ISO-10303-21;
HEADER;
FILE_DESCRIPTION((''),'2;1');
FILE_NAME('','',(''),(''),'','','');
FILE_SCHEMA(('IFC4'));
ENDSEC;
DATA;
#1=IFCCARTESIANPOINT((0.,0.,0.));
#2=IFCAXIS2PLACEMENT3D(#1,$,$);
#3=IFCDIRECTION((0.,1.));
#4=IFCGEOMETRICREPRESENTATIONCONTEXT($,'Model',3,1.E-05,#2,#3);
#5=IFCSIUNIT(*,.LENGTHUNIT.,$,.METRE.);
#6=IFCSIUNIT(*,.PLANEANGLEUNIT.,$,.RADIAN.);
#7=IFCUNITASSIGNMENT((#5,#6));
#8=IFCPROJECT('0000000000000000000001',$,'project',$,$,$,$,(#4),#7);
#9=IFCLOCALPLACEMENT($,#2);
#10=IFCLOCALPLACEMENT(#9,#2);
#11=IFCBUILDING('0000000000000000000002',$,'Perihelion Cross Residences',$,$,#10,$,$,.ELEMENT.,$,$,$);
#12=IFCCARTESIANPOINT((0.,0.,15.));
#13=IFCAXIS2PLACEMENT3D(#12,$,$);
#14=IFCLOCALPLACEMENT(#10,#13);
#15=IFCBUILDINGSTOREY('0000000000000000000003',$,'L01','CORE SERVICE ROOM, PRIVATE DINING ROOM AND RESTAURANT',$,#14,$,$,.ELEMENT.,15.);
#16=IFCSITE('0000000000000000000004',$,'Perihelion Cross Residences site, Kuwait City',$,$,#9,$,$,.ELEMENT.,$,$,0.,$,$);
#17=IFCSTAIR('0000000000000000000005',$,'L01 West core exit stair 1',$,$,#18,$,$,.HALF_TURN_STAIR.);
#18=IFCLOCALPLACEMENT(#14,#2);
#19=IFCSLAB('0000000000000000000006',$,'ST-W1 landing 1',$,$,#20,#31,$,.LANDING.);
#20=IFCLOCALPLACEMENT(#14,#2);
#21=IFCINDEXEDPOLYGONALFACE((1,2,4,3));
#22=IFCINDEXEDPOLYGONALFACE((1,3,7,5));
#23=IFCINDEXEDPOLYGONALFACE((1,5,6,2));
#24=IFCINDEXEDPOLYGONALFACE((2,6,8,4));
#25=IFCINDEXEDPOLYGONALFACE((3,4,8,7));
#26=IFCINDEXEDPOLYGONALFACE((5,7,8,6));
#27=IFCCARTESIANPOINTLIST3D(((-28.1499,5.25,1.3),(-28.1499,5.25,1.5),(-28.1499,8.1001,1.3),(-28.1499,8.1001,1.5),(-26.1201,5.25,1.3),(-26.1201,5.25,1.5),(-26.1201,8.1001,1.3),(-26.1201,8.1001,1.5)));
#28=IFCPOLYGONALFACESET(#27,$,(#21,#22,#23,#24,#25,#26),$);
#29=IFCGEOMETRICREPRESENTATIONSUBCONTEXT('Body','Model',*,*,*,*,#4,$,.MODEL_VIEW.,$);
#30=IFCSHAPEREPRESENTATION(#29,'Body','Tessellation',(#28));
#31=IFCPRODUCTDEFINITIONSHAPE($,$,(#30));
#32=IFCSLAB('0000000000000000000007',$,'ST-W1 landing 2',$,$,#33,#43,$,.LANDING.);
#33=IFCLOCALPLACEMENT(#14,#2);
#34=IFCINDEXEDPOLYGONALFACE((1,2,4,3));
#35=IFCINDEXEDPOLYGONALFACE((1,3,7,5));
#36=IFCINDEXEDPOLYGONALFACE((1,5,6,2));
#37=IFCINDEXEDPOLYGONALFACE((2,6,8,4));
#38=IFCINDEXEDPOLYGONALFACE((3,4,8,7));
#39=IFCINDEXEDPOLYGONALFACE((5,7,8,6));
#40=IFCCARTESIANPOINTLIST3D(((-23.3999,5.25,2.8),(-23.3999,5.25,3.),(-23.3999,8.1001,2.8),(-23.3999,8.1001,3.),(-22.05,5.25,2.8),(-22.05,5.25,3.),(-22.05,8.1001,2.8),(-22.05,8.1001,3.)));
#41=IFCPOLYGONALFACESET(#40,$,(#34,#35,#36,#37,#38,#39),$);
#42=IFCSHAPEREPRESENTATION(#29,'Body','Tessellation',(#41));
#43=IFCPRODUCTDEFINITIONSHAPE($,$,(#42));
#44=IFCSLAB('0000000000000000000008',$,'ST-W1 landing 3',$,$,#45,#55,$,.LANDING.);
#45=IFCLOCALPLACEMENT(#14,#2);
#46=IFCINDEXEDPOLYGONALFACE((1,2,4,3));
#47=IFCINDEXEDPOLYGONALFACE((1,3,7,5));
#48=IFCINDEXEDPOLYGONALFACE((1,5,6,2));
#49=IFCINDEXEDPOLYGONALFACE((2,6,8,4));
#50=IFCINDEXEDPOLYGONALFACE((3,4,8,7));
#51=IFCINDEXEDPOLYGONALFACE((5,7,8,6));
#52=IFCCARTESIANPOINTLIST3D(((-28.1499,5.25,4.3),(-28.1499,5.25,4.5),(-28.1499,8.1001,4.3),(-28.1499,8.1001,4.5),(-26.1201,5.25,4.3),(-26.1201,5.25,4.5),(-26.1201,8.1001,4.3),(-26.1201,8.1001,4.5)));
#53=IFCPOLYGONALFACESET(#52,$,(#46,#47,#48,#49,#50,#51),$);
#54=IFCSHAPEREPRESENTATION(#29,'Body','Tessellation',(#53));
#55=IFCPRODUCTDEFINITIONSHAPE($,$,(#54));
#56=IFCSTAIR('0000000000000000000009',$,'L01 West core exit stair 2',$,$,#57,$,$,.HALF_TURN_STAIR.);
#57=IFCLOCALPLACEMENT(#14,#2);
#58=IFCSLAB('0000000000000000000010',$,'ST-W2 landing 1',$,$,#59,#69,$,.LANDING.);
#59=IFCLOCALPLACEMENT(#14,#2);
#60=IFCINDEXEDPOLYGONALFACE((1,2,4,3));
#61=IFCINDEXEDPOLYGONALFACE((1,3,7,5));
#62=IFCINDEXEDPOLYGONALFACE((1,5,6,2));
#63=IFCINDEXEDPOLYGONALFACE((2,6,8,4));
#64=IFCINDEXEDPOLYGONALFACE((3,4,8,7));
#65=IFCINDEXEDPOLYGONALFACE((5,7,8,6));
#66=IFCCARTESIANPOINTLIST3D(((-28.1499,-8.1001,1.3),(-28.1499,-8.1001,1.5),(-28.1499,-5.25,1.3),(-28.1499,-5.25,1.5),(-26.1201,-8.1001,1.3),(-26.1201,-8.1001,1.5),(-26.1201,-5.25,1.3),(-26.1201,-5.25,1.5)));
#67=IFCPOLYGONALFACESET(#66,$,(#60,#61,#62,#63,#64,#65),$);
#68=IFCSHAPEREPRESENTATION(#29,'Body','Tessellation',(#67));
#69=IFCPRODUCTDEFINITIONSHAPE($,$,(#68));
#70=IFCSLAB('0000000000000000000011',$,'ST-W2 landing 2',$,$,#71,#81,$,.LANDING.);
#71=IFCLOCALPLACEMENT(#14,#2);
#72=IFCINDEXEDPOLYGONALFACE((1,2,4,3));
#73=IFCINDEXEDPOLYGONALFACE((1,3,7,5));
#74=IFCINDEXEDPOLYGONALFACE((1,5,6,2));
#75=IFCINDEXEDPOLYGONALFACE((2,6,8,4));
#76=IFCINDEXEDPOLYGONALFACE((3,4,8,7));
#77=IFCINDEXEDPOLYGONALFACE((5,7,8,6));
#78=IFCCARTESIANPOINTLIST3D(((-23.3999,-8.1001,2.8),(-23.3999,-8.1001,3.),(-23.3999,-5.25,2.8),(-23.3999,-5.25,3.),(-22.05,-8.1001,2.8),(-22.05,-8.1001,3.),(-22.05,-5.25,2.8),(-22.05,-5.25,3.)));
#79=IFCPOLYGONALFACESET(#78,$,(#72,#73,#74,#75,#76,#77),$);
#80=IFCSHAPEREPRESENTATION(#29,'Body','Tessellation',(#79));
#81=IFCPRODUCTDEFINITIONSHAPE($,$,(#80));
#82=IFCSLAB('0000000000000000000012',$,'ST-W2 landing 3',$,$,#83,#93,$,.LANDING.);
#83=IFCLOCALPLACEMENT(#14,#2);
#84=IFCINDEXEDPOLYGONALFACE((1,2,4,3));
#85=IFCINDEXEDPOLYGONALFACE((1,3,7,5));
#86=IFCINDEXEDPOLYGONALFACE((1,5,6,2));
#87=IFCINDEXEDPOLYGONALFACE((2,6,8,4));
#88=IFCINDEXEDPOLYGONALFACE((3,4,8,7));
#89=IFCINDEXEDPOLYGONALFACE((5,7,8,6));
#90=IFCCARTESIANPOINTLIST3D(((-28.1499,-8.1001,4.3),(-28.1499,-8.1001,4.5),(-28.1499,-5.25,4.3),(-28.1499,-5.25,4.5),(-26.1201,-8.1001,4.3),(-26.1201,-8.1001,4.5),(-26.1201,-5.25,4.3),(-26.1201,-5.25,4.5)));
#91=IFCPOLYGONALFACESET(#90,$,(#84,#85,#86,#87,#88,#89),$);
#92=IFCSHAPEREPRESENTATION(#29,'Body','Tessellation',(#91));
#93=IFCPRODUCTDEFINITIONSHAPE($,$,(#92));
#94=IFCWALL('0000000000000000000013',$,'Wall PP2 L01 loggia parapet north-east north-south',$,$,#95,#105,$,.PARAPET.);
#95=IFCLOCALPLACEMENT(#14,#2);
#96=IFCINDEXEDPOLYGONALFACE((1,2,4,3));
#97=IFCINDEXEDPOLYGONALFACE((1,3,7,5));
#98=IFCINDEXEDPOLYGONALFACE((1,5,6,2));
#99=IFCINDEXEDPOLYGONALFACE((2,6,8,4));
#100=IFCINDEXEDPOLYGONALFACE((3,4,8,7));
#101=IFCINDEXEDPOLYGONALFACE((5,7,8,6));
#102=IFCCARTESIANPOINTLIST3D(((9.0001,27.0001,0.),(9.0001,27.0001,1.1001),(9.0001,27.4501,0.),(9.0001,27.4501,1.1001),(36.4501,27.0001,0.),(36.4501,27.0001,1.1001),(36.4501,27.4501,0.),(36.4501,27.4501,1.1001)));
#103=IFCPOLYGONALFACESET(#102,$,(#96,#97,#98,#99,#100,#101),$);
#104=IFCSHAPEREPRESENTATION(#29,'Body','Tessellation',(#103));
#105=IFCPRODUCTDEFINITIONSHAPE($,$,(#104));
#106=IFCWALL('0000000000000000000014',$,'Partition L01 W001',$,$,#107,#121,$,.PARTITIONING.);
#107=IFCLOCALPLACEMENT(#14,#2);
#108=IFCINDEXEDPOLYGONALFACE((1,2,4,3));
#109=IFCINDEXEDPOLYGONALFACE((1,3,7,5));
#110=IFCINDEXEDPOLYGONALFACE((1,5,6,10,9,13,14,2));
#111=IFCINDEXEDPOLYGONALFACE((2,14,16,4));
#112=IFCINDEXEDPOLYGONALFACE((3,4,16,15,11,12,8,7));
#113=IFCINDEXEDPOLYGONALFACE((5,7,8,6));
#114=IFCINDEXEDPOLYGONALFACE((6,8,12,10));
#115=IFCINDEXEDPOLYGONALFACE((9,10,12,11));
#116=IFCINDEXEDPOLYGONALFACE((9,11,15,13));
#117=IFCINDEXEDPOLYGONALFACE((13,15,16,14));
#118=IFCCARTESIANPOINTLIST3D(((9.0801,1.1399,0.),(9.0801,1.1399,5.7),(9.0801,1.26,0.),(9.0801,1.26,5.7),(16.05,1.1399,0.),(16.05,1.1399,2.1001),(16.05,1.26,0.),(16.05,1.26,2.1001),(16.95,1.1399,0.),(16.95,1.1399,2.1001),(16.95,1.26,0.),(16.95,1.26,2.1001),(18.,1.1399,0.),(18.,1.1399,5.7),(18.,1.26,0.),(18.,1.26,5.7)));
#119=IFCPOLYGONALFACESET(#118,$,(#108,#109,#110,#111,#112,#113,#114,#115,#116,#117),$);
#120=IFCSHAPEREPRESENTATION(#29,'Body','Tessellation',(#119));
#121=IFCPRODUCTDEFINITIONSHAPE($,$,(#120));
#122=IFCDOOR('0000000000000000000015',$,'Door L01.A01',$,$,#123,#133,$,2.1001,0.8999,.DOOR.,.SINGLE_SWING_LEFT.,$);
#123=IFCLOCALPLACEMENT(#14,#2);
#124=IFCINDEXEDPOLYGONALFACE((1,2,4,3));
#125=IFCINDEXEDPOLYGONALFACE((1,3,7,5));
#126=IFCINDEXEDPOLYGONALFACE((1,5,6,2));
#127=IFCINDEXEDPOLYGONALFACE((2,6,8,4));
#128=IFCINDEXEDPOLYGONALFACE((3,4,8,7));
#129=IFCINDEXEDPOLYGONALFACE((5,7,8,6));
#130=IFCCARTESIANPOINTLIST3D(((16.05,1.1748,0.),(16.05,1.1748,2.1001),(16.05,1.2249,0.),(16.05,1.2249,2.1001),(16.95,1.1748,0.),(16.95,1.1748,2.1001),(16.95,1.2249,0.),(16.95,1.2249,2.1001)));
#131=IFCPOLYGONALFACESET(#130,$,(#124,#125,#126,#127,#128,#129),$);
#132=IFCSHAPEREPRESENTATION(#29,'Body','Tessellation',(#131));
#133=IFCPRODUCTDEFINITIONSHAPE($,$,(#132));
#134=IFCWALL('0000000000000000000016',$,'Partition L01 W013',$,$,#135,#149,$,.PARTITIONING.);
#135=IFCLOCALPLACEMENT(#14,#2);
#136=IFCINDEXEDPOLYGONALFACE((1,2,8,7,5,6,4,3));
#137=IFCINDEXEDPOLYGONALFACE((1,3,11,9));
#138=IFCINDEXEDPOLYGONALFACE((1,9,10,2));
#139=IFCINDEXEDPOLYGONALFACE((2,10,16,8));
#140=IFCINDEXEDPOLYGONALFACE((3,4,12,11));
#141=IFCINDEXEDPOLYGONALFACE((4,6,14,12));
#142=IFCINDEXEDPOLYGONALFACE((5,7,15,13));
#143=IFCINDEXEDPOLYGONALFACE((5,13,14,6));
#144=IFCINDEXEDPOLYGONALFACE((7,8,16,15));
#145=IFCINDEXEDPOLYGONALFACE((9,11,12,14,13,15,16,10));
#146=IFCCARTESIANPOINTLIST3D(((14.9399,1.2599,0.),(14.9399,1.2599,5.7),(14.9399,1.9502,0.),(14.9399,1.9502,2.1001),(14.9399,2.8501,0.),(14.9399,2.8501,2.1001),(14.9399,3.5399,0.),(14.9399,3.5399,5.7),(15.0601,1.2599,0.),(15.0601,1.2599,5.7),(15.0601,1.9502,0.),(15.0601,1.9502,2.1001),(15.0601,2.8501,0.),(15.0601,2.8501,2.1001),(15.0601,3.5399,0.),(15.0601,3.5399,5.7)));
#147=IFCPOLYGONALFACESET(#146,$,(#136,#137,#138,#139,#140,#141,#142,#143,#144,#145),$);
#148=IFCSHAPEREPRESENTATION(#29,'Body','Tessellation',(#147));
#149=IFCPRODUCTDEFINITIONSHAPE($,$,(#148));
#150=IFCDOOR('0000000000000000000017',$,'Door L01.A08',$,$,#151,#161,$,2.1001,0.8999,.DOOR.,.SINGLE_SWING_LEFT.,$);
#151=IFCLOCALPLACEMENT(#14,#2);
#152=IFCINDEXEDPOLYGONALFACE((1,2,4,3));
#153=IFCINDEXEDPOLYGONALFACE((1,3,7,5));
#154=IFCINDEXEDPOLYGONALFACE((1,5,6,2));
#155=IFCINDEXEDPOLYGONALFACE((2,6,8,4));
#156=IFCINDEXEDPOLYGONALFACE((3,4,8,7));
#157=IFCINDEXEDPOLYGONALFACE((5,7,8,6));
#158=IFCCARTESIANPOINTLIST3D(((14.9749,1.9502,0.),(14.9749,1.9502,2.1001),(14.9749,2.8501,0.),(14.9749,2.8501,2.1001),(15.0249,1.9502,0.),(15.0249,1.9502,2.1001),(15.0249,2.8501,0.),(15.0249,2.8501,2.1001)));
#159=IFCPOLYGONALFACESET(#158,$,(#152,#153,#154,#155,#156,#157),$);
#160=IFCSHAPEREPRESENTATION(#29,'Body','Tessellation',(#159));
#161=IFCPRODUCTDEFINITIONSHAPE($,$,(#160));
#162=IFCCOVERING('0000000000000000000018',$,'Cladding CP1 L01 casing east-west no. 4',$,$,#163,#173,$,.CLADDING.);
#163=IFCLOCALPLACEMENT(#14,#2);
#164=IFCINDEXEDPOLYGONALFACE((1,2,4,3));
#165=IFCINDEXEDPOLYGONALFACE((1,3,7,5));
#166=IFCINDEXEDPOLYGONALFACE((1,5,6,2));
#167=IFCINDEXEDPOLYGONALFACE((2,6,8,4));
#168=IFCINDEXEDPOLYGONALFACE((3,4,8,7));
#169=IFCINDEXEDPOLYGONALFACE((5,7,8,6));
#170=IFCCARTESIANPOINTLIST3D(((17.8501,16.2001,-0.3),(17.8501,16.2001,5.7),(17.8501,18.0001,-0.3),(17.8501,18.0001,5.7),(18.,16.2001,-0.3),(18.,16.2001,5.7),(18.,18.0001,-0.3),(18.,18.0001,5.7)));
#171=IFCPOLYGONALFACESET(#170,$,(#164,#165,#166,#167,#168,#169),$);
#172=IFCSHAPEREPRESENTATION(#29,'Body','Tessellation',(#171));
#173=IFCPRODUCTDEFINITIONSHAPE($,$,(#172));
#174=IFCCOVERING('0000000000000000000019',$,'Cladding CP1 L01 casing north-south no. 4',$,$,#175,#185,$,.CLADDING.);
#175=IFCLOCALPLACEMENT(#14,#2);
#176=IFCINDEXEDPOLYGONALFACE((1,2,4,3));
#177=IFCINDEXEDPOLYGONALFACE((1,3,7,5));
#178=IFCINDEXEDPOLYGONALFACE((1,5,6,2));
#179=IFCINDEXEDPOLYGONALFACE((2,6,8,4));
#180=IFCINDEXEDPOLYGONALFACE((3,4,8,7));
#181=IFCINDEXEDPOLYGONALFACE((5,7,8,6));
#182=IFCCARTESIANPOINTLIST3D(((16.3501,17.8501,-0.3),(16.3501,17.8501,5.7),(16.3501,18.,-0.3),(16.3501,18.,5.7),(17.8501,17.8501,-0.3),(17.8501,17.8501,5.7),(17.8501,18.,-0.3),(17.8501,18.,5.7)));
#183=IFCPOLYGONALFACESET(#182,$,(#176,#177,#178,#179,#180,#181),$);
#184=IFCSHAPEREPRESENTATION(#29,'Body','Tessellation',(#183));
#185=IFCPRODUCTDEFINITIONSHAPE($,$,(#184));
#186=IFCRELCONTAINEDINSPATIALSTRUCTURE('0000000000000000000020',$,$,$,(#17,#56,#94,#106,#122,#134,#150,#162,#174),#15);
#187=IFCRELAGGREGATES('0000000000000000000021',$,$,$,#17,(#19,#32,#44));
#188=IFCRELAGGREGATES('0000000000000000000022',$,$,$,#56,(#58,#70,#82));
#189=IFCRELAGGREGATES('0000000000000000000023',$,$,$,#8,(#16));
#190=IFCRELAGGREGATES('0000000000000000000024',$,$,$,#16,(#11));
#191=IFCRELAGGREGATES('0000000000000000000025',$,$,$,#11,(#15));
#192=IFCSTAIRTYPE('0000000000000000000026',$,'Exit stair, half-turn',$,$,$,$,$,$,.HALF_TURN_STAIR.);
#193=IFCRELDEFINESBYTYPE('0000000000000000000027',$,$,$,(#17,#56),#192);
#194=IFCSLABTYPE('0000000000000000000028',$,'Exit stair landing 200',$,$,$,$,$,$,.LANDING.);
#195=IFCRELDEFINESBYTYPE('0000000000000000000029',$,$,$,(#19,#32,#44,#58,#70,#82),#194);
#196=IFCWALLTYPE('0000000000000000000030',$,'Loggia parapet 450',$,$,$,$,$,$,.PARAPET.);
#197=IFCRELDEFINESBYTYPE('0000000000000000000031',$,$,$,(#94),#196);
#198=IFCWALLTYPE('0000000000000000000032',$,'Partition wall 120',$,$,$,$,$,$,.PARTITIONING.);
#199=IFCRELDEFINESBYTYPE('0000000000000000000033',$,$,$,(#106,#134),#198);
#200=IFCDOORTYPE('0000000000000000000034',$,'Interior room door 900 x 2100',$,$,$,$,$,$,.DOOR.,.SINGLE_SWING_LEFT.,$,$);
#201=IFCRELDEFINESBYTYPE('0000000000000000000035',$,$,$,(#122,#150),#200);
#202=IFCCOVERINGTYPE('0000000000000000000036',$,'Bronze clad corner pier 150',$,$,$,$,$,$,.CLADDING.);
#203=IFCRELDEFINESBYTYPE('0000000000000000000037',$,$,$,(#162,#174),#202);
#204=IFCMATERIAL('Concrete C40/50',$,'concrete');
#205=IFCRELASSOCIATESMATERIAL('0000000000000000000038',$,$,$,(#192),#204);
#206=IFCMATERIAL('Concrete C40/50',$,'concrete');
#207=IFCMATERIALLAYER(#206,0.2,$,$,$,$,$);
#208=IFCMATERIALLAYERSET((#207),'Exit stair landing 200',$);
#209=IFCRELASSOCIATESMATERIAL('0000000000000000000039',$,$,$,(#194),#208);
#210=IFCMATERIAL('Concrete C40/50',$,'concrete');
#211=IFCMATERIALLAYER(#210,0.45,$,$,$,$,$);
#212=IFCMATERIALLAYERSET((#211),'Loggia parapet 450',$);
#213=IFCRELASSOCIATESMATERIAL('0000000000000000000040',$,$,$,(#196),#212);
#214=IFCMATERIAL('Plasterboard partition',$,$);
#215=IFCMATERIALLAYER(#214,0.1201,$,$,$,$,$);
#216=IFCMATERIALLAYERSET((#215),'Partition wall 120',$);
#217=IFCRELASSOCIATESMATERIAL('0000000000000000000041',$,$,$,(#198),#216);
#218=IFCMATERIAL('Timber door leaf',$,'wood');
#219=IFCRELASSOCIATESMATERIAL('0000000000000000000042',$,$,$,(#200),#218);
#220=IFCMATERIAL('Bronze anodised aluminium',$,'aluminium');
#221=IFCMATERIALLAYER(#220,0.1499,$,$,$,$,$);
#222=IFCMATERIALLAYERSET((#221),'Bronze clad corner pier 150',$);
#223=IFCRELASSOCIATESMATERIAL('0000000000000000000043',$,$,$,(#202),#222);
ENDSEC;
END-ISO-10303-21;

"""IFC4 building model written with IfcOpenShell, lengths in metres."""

from ifc_helpers import new_model, si_unit, direction, frame, frame_2d, origin, origin_2d, place, context, subcontext, project, spatial, polyline, rectangle, outline, extrude, material, layer, layer_set, type_object, element, fill, aggregate, save


model = new_model("IFC4")

# Units and contexts
model_context = context("Model", 3, precision=1e-05, world=origin(), true_north=direction((0.0, 1.0)))
body_context = subcontext(model_context, "Body", "Model", "MODEL_VIEW")
ifc_project = project(units=[si_unit("LENGTHUNIT", "METRE"), si_unit("PLANEANGLEUNIT", "RADIAN")], contexts=[model_context])

# Site, building, storey
site_placement = place(None, origin())
site = spatial("IfcSite", under=ifc_project, at=site_placement, Name="Perihelion Cross Residences site, Kuwait City", CompositionType="ELEMENT", RefElevation=0.0)
building_placement = place(site_placement, origin())
building = spatial("IfcBuilding", under=site, at=building_placement, Name="Perihelion Cross Residences", CompositionType="ELEMENT")
storey_placement = place(building_placement, frame((0.0, 0.0, 15.0)))
storey = spatial("IfcBuildingStorey", under=building, at=storey_placement, Name="L01", Description="CORE SERVICE ROOM, PRIVATE DINING ROOM AND RESTAURANT", CompositionType="ELEMENT", Elevation=15.0)

# Stairs, slabs
ifc_material_1 = material(Name="Concrete C40/50", Category="concrete")
stair_type = type_object("IfcStairType", Name="Exit stair, half-turn", PredefinedType="HALF_TURN_STAIR", material=ifc_material_1)
ifc_material_2 = material(Name="Concrete C40/50", Category="concrete")
ifc_layer_1 = layer(ifc_material_2, 0.2)
ifc_layer_set_1 = layer_set([ifc_layer_1], Name="Exit stair landing 200")
slab_type_1 = type_object("IfcSlabType", Name="Exit stair landing 200", PredefinedType="LANDING", material=ifc_layer_set_1)
stair_1_placement = place(storey_placement, origin())
stair_1 = element("IfcStair", 1, at=stair_1_placement, inside=storey, type_object=stair_type, Name="L01 West core exit stair 1", PredefinedType="HALF_TURN_STAIR")
slab_1_placement = place(storey_placement, frame((0.0, 0.0, 1.3)))
slab_1 = element("IfcSlab", 2, at=slab_1_placement, type_object=slab_type_1, Name="ST-W1 landing 1", PredefinedType="LANDING", context=body_context, shape_type="SweptSolid", body=[
    extrude(outline(polyline([(-26.1201, 8.1001), (-28.1499, 8.1001), (-28.1499, 5.25), (-26.1201, 5.25), (-26.1201, 8.1001)])), origin(), (0.0, 0.0, 1.0), 0.2),
])
slab_2_placement = place(storey_placement, frame((0.0, 0.0, 2.8)))
slab_2 = element("IfcSlab", 3, at=slab_2_placement, type_object=slab_type_1, Name="ST-W1 landing 2", PredefinedType="LANDING", context=body_context, shape_type="SweptSolid", body=[
    extrude(outline(polyline([(-22.05, 8.1001), (-23.3999, 8.1001), (-23.3999, 5.25), (-22.05, 5.25), (-22.05, 8.1001)])), origin(), (0.0, 0.0, 1.0), 0.2),
])
slab_3_placement = place(storey_placement, frame((0.0, 0.0, 4.3)))
slab_3 = element("IfcSlab", 4, at=slab_3_placement, type_object=slab_type_1, Name="ST-W1 landing 3", PredefinedType="LANDING", context=body_context, shape_type="SweptSolid", body=[
    extrude(outline(polyline([(-26.1201, 8.1001), (-28.1499, 8.1001), (-28.1499, 5.25), (-26.1201, 5.25), (-26.1201, 8.1001)])), origin(), (0.0, 0.0, 1.0), 0.2),
])
aggregate(stair_1, [slab_1, slab_2, slab_3])
stair_2_placement = place(storey_placement, origin())
stair_2 = element("IfcStair", 5, at=stair_2_placement, inside=storey, type_object=stair_type, Name="L01 West core exit stair 2", PredefinedType="HALF_TURN_STAIR")
slab_4_placement = place(storey_placement, frame((0.0, 0.0, 1.3)))
slab_4 = element("IfcSlab", 6, at=slab_4_placement, type_object=slab_type_1, Name="ST-W2 landing 1", PredefinedType="LANDING", context=body_context, shape_type="SweptSolid", body=[
    extrude(outline(polyline([(-26.1201, -5.25), (-28.1499, -5.25), (-28.1499, -8.1001), (-26.1201, -8.1001), (-26.1201, -5.25)])), origin(), (0.0, 0.0, 1.0), 0.2),
])
slab_5_placement = place(storey_placement, frame((0.0, 0.0, 2.8)))
slab_5 = element("IfcSlab", 7, at=slab_5_placement, type_object=slab_type_1, Name="ST-W2 landing 2", PredefinedType="LANDING", context=body_context, shape_type="SweptSolid", body=[
    extrude(outline(polyline([(-22.05, -5.25), (-23.3999, -5.25), (-23.3999, -8.1001), (-22.05, -8.1001), (-22.05, -5.25)])), origin(), (0.0, 0.0, 1.0), 0.2),
])
slab_6_placement = place(storey_placement, frame((0.0, 0.0, 4.3)))
slab_6 = element("IfcSlab", 8, at=slab_6_placement, type_object=slab_type_1, Name="ST-W2 landing 3", PredefinedType="LANDING", context=body_context, shape_type="SweptSolid", body=[
    extrude(outline(polyline([(-26.1201, -5.25), (-28.1499, -5.25), (-28.1499, -8.1001), (-26.1201, -8.1001), (-26.1201, -5.25)])), origin(), (0.0, 0.0, 1.0), 0.2),
])
aggregate(stair_2, [slab_4, slab_5, slab_6])

# Wall
ifc_material_3 = material(Name="Concrete C40/50", Category="concrete")
ifc_layer_2 = layer(ifc_material_3, 0.45)
ifc_layer_set_2 = layer_set([ifc_layer_2], Name="Loggia parapet 450")
wall_type_1 = type_object("IfcWallType", Name="Loggia parapet 450", PredefinedType="PARAPET", material=ifc_layer_set_2)
wall_1_placement = place(storey_placement, frame((9.0, 27.2251, 0.0), z_axis=(0.0, 0.0, 1.0), x_axis=(1.0, 0.0, 0.0)))
element("IfcWall", 9, at=wall_1_placement, inside=storey, type_object=wall_type_1, Name="Wall PP2 L01 loggia parapet north-east north-south", PredefinedType="PARAPET", context=body_context, shape_type="SweptSolid", body=[
    extrude(rectangle(XDim=27.45, YDim=0.45, at=frame_2d((13.7251, 0.0))), origin(), (0.0, 0.0, 1.0), 1.1001),
])

# Walls, openings, doors
ifc_material_4 = material(Name="Plasterboard partition")
ifc_layer_3 = layer(ifc_material_4, 0.1201)
ifc_layer_set_3 = layer_set([ifc_layer_3], Name="Partition wall 120")
wall_type_2 = type_object("IfcWallType", Name="Partition wall 120", PredefinedType="PARTITIONING", material=ifc_layer_set_3)
wall_2_placement = place(storey_placement, frame((9.0801, 1.2, 0.0), z_axis=(0.0, 0.0, 1.0), x_axis=(1.0, 0.0, 0.0)))
wall_2 = element("IfcWall", 10, at=wall_2_placement, inside=storey, type_object=wall_type_2, Name="Partition L01 W001", PredefinedType="PARTITIONING", context=body_context, shape_type="SweptSolid", body=[
    extrude(rectangle(XDim=8.9199, YDim=0.1201, at=frame_2d((4.46, 0.0))), origin(), (0.0, 0.0, 1.0), 5.7),
])
opening_1_placement = place(wall_2_placement, frame((6.97, 0.0, 0.0)))
opening_1 = element("IfcOpeningElement", 11, at=opening_1_placement, cuts=wall_2, PredefinedType="OPENING", context=body_context, shape_type="SweptSolid", body=[
    extrude(rectangle(XDim=0.8999, YDim=2.1001, at=frame_2d((0.45, 1.05))), frame((0.0, 0.0701, 0.0), z_axis=(0.0, -1.0, 0.0), x_axis=(1.0, 0.0, 0.0)), (0.0, 0.0, 1.0), 0.1401),
])
ifc_material_5 = material(Name="Timber door leaf", Category="wood")
door_type = type_object("IfcDoorType", Name="Interior room door 900 x 2100", OperationType="SINGLE_SWING_LEFT", PredefinedType="DOOR", material=ifc_material_5)
door_1_placement = place(opening_1_placement, origin())
door_1 = element("IfcDoor", 12, at=door_1_placement, inside=storey, type_object=door_type, Name="Door L01.A01", OperationType="SINGLE_SWING_LEFT", OverallHeight=2.1001, OverallWidth=0.8999, PredefinedType="DOOR", context=body_context, shape_type="SweptSolid", body=[
    extrude(rectangle(XDim=0.8999, YDim=2.1001, at=frame_2d((0.45, 1.05))), frame((0.0, 0.0249, 0.0), z_axis=(0.0, -1.0, 0.0), x_axis=(1.0, 0.0, 0.0)), (0.0, 0.0, 1.0), 0.05),
])
fill(opening_1, door_1)
wall_3_placement = place(storey_placement, frame((15.0, 3.54, 0.0), z_axis=(0.0, 0.0, 1.0), x_axis=(0.0, -1.0, 0.0)))
wall_3 = element("IfcWall", 13, at=wall_3_placement, inside=storey, type_object=wall_type_2, Name="Partition L01 W013", PredefinedType="PARTITIONING", context=body_context, shape_type="SweptSolid", body=[
    extrude(rectangle(XDim=2.28, YDim=0.1201, at=frame_2d((1.1401, 0.0))), origin(), (0.0, 0.0, 1.0), 5.7),
])
opening_2_placement = place(wall_3_placement, frame((0.6899, 0.0, 0.0)))
opening_2 = element("IfcOpeningElement", 14, at=opening_2_placement, cuts=wall_3, PredefinedType="OPENING", context=body_context, shape_type="SweptSolid", body=[
    extrude(rectangle(XDim=0.8999, YDim=2.1001, at=frame_2d((0.45, 1.05))), frame((0.0, 0.0701, 0.0), z_axis=(0.0, -1.0, 0.0), x_axis=(1.0, 0.0, 0.0)), (0.0, 0.0, 1.0), 0.1401),
])
door_2_placement = place(opening_2_placement, origin())
door_2 = element("IfcDoor", 15, at=door_2_placement, inside=storey, type_object=door_type, Name="Door L01.A08", OperationType="SINGLE_SWING_LEFT", OverallHeight=2.1001, OverallWidth=0.8999, PredefinedType="DOOR", context=body_context, shape_type="SweptSolid", body=[
    extrude(rectangle(XDim=0.8999, YDim=2.1001, at=frame_2d((0.45, 1.05))), frame((0.0, 0.0249, 0.0), z_axis=(0.0, -1.0, 0.0), x_axis=(1.0, 0.0, 0.0)), (0.0, 0.0, 1.0), 0.05),
])
fill(opening_2, door_2)

# Coverings
ifc_material_6 = material(Name="Bronze anodised aluminium", Category="aluminium")
ifc_layer_4 = layer(ifc_material_6, 0.1499)
ifc_layer_set_4 = layer_set([ifc_layer_4], Name="Bronze clad corner pier 150")
covering_type = type_object("IfcCoveringType", Name="Bronze clad corner pier 150", PredefinedType="CLADDING", material=ifc_layer_set_4)
covering_1_placement = place(storey_placement, frame((17.925, 17.1001, -0.3), z_axis=(0.0, 0.0, 1.0), x_axis=(1.0, 0.0, 0.0)))
element("IfcCovering", 16, at=covering_1_placement, inside=storey, type_object=covering_type, Name="Cladding CP1 L01 casing east-west no. 4", PredefinedType="CLADDING", context=body_context, shape_type="SweptSolid", body=[
    extrude(rectangle(XDim=0.1499, YDim=1.8, at=origin_2d()), origin(), (0.0, 0.0, 1.0), 6.0),
])
covering_2_placement = place(storey_placement, frame((17.1001, 17.925, -0.3), z_axis=(0.0, 0.0, 1.0), x_axis=(1.0, 0.0, 0.0)))
element("IfcCovering", 17, at=covering_2_placement, inside=storey, type_object=covering_type, Name="Cladding CP1 L01 casing north-south no. 4", PredefinedType="CLADDING", context=body_context, shape_type="SweptSolid", body=[
    extrude(rectangle(XDim=1.5, YDim=0.1499, at=origin_2d()), origin(), (0.0, 0.0, 1.0), 6.0),
])

save(model, "model.ifc")
